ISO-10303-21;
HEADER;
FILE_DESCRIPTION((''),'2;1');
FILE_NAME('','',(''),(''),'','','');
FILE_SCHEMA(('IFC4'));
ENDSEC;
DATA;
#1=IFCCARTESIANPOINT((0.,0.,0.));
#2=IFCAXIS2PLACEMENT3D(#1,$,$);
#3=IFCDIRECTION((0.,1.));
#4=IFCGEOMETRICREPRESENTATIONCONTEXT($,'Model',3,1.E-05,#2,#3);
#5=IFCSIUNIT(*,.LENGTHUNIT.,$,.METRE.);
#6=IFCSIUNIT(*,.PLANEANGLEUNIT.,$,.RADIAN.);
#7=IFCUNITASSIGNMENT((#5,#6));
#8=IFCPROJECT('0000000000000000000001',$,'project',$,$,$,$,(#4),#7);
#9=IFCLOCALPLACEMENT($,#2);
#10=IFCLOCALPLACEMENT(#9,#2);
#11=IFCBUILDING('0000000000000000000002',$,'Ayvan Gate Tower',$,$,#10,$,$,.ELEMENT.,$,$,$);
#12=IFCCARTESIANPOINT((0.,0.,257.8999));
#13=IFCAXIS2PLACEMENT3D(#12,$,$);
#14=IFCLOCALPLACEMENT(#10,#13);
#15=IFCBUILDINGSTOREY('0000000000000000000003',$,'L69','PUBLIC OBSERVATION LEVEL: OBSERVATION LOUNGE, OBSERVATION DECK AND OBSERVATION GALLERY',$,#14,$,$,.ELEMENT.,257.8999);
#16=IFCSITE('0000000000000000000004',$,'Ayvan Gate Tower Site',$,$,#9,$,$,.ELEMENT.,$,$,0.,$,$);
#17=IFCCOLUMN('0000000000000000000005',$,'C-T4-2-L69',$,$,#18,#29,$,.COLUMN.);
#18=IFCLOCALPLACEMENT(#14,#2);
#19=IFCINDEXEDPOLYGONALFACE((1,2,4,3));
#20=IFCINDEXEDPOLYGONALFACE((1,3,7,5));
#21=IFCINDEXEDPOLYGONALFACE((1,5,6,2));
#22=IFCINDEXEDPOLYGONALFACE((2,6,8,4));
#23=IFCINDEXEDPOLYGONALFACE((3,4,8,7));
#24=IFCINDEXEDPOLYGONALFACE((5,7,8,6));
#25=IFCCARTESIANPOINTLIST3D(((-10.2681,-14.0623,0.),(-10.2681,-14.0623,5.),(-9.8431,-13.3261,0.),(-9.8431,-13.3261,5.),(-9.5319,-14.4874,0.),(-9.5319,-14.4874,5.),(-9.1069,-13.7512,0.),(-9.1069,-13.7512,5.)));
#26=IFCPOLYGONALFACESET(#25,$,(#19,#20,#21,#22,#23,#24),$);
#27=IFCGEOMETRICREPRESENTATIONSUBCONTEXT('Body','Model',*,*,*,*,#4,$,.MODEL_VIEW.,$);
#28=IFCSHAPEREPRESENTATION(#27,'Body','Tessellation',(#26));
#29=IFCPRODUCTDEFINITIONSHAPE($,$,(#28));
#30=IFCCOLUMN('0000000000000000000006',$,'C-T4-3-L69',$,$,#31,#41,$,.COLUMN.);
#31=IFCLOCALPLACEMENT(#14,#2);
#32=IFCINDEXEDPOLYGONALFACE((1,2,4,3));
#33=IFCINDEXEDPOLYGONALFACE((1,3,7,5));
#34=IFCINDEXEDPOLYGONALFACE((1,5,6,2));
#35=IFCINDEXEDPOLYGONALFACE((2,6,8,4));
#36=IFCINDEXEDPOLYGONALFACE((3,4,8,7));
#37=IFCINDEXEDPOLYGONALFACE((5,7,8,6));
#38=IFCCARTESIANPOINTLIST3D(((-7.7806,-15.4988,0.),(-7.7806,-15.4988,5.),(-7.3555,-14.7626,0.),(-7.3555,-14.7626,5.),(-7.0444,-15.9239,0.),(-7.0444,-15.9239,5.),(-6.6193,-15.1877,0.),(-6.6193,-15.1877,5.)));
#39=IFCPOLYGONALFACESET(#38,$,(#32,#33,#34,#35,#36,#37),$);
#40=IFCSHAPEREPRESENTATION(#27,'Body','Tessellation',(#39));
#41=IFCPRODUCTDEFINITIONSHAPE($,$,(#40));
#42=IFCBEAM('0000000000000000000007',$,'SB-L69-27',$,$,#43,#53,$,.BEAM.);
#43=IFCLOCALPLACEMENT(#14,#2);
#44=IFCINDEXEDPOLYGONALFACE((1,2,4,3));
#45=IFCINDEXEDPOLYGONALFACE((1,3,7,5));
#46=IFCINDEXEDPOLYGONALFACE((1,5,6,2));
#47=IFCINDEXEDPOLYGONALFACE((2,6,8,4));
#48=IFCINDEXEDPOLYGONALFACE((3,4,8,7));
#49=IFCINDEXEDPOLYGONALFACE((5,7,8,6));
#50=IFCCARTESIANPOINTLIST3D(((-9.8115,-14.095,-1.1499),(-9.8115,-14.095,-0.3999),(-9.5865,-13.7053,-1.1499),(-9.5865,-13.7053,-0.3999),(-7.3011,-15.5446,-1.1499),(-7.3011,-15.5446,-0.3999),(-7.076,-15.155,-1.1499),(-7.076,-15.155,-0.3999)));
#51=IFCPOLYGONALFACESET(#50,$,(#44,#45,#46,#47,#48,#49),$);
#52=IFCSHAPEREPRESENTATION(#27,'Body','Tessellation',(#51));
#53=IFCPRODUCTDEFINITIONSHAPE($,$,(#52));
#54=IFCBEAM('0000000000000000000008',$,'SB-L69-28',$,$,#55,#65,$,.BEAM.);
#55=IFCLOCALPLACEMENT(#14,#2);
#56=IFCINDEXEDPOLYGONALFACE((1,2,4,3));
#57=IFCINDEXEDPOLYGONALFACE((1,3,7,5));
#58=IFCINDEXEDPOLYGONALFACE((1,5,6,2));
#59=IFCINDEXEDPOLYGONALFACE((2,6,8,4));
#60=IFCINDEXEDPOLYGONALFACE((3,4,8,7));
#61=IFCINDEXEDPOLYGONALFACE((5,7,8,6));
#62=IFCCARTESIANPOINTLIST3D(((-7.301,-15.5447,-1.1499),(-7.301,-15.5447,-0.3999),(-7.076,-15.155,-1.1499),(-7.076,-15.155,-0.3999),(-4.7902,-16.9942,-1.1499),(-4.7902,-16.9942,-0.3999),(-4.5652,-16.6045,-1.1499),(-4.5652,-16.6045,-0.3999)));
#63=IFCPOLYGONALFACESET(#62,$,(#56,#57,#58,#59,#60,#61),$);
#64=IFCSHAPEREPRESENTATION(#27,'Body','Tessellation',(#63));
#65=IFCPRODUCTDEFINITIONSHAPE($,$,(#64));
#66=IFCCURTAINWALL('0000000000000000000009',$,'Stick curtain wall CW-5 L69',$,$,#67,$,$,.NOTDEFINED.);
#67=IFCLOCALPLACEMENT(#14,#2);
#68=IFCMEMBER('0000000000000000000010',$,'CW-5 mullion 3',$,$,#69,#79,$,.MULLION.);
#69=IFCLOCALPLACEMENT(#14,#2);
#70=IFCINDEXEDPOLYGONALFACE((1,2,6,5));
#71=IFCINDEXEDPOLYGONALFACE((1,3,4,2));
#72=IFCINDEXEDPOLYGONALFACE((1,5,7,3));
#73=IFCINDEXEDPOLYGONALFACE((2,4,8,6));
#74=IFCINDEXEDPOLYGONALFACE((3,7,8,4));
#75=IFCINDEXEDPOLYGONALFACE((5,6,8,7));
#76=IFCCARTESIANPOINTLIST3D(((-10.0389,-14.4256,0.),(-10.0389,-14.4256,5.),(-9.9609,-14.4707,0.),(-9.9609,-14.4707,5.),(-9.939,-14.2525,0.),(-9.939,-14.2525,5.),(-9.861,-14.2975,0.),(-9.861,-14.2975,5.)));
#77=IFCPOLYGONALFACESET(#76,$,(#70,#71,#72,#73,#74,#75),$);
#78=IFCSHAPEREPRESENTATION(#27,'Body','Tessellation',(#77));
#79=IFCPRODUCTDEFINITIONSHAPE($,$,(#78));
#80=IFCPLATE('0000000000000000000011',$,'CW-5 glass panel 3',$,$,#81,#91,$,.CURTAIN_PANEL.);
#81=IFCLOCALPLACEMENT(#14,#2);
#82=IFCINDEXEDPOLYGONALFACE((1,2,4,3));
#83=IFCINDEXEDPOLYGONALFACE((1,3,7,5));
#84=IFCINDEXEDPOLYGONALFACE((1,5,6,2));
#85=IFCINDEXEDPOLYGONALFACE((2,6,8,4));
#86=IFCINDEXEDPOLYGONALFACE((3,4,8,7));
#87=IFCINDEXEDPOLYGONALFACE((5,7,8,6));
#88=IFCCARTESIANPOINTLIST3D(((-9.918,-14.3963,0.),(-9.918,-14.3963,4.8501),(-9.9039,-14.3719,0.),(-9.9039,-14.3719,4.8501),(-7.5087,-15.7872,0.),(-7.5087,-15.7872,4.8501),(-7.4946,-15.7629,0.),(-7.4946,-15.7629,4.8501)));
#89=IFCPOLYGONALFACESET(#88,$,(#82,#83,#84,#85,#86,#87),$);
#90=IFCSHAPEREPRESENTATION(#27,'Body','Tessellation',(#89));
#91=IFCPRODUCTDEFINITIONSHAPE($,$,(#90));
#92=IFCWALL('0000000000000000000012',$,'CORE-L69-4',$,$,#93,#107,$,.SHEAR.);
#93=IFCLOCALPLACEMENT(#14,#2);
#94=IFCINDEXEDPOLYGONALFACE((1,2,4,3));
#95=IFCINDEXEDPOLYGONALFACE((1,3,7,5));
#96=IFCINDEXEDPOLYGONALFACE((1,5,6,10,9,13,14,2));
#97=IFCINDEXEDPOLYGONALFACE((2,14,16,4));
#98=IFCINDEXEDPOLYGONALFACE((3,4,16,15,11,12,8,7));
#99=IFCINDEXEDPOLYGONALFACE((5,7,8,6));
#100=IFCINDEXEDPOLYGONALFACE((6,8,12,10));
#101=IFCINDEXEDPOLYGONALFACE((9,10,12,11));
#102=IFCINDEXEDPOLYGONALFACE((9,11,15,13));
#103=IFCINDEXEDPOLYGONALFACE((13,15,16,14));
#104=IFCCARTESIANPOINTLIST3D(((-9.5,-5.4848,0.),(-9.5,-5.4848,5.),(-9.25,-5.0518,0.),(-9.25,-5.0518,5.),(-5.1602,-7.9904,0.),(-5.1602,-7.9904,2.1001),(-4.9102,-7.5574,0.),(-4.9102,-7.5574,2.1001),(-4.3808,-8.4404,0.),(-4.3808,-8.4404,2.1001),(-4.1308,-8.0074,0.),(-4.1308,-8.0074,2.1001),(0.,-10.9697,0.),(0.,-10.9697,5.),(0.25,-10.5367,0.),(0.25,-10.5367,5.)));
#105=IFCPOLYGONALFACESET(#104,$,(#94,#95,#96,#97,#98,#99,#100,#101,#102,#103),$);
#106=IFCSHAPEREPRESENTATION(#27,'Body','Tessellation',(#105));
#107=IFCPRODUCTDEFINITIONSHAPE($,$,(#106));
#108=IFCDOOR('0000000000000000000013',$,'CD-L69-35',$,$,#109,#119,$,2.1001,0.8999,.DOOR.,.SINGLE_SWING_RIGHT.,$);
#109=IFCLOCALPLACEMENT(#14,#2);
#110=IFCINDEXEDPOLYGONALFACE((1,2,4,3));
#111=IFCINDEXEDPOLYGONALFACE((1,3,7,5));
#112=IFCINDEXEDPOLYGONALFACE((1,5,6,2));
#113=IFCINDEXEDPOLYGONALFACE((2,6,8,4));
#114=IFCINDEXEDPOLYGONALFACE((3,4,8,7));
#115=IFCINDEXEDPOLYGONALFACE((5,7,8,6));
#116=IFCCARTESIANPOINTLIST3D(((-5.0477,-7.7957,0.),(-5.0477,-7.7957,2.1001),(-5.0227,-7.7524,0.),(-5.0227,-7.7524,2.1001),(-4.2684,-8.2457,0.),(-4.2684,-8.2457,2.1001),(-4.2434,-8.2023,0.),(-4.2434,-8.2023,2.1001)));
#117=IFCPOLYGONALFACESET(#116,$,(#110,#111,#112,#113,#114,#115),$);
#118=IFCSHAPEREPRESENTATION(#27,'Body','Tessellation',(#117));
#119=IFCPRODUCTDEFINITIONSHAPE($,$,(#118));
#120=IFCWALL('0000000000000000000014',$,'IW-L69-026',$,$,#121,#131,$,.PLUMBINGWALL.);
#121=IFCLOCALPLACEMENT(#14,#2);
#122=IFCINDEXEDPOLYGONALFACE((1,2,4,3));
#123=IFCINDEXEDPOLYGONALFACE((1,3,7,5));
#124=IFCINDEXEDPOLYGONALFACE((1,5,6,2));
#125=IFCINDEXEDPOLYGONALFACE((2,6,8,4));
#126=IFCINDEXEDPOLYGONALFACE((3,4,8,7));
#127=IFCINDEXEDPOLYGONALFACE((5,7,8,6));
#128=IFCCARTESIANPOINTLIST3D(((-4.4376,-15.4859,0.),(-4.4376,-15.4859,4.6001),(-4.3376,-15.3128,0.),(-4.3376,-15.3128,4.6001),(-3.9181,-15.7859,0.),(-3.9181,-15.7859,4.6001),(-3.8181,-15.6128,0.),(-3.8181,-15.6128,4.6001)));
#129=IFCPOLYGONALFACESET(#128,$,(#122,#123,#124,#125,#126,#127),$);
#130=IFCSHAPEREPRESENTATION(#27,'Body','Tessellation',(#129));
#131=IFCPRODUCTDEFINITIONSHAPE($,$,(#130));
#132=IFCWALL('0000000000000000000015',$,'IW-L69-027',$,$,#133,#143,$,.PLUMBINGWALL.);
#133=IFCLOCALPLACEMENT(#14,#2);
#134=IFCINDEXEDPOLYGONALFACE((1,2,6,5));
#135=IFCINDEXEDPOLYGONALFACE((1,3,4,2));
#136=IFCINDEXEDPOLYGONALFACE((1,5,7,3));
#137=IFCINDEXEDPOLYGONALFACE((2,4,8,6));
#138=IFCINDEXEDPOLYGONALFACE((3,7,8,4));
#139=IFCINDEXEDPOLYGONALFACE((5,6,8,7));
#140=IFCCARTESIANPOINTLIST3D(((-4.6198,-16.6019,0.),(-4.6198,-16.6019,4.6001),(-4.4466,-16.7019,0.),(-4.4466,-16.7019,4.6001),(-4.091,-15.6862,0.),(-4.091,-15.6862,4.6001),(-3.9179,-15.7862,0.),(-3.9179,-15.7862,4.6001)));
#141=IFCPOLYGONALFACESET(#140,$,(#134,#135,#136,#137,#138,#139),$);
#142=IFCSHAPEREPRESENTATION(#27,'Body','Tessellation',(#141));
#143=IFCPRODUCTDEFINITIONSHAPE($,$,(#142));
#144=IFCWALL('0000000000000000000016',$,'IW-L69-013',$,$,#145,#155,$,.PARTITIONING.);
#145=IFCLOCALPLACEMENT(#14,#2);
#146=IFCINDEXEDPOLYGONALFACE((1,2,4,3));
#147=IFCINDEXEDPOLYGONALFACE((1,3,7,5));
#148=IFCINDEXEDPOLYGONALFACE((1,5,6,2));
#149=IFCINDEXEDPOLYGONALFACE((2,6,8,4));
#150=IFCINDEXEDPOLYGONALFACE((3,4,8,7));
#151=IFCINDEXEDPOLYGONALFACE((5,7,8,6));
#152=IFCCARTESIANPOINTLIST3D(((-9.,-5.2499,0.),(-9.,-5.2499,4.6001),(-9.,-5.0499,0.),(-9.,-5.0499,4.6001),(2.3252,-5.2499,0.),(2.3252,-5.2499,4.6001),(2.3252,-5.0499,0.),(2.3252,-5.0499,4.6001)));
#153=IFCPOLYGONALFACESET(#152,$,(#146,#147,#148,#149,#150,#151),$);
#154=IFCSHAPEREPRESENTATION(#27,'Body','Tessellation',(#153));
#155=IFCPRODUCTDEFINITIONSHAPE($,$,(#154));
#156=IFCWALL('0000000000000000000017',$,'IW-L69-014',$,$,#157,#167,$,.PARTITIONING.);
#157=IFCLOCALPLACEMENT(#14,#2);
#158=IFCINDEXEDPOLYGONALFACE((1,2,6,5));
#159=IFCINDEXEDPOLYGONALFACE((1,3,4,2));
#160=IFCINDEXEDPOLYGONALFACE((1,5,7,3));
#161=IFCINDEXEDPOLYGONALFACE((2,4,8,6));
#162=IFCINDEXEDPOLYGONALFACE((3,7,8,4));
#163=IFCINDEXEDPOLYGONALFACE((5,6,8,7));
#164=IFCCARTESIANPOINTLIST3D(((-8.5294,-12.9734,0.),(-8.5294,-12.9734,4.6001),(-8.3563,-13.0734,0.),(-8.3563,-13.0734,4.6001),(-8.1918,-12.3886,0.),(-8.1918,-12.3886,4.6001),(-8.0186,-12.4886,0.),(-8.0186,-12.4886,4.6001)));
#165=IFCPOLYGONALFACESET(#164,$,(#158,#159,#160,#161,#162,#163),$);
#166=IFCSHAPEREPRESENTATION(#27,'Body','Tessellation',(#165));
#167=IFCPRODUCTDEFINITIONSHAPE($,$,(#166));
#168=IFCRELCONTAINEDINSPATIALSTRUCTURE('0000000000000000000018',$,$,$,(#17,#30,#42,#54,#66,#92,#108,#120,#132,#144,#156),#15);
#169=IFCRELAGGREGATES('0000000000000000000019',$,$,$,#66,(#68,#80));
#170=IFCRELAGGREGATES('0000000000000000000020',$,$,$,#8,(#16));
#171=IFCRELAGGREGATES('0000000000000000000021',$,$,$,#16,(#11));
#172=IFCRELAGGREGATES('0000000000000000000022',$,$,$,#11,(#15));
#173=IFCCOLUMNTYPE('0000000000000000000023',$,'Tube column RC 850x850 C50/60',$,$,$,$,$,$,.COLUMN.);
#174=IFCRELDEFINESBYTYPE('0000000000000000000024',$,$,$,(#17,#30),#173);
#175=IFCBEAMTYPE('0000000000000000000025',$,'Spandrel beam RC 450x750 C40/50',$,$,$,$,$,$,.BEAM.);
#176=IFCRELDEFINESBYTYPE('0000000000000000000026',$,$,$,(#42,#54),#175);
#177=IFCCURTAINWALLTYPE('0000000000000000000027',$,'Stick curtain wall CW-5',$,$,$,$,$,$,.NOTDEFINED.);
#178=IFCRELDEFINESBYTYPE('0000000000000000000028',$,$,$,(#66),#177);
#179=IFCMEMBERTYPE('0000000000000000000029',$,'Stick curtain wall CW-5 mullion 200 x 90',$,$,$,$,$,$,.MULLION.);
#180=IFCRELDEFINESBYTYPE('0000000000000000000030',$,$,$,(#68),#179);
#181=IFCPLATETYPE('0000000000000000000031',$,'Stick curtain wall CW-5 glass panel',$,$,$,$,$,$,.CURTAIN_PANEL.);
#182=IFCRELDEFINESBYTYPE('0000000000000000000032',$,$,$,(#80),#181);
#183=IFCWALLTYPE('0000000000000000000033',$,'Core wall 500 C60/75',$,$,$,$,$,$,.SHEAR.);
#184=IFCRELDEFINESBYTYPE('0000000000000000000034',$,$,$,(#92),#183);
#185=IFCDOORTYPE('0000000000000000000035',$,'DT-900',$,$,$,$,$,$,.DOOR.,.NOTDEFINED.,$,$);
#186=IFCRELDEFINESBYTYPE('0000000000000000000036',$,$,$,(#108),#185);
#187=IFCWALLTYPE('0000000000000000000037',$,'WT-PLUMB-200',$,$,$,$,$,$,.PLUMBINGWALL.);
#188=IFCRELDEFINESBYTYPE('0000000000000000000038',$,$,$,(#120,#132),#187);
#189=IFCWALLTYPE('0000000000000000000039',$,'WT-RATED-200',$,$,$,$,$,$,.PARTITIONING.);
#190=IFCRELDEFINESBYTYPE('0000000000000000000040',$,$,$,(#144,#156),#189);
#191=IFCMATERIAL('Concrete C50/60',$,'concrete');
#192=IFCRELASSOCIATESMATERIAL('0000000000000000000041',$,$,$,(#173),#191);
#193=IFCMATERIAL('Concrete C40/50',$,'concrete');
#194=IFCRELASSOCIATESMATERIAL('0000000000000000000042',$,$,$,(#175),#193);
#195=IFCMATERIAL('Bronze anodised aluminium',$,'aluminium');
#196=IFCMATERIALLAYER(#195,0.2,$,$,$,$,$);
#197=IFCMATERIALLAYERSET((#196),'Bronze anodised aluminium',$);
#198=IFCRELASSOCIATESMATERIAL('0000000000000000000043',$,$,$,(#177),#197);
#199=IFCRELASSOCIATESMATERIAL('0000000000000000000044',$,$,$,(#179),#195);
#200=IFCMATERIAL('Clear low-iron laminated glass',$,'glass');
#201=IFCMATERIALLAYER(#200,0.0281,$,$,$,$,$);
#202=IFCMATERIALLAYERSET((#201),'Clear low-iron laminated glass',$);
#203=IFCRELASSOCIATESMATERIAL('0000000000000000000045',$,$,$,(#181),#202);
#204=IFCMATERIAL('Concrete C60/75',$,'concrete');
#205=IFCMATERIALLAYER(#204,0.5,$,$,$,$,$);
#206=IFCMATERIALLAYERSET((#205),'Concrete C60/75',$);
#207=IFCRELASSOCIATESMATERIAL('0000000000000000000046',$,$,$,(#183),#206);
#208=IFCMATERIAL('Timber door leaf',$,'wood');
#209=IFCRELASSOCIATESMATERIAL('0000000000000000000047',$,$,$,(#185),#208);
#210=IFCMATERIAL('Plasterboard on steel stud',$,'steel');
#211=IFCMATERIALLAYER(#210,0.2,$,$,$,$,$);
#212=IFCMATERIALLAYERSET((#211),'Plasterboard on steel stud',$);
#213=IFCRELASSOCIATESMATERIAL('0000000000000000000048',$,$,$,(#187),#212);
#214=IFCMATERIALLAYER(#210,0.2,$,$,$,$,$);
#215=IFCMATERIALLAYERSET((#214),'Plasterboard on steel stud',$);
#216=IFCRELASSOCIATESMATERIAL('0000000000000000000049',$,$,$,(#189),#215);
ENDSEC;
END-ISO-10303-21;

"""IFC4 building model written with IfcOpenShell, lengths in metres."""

from ifc_helpers import new_model, si_unit, direction, frame, frame_2d, origin, origin_2d, place, context, subcontext, project, spatial, rectangle, extrude, material, layer, layer_set, material_profile, profile_set, type_object, element, fill, aggregate, save


model = new_model("IFC4")

# Units and contexts
model_context = context("Model", 3, precision=1e-05, world=origin(), true_north=direction((0.0, 1.0)))
body_context = subcontext(model_context, "Body", "Model", "MODEL_VIEW")
ifc_project = project(units=[si_unit("LENGTHUNIT", "METRE"), si_unit("PLANEANGLEUNIT", "RADIAN")], contexts=[model_context])

# Site, building, storey
site_placement = place(None, origin())
site = spatial("IfcSite", under=ifc_project, at=site_placement, Name="Ayvan Gate Tower Site", CompositionType="ELEMENT", RefElevation=0.0)
building_placement = place(site_placement, origin())
building = spatial("IfcBuilding", under=site, at=building_placement, Name="Ayvan Gate Tower", CompositionType="ELEMENT")
storey_placement = place(building_placement, frame((0.0, 0.0, 257.8999)))
storey = spatial("IfcBuildingStorey", under=building, at=storey_placement, Name="L69", Description="PUBLIC OBSERVATION LEVEL: OBSERVATION LOUNGE, OBSERVATION DECK AND OBSERVATION GALLERY", CompositionType="ELEMENT", Elevation=257.8999)

# Columns
ifc_material_1 = material(Name="Concrete C50/60", Category="concrete")
ifc_material_profile_1 = material_profile(ifc_material_1, rectangle(XDim=0.8501, YDim=0.8501, at=origin_2d()), Name="RC 850x850")
ifc_profile_set_1 = profile_set([ifc_material_profile_1], Name="Concrete C50/60")
column_type = type_object("IfcColumnType", Name="Tube column RC 850x850 C50/60", PredefinedType="COLUMN", material=ifc_profile_set_1)
for number, where, z_axis, x_axis, name in (
    (1, (-9.6875, -13.9067, 0.0), (0.0, 0.0, 1.0), (-0.5, -0.866025, 0.0), "C-T4-2-L69"),
    (2, (-7.2, -15.3433, 0.0), (0.0, 0.0, 1.0), (-0.5, -0.866025, 0.0), "C-T4-3-L69"),
):
    element("IfcColumn", number, at=place(storey_placement, frame(where, z_axis=z_axis, x_axis=x_axis)), inside=storey, type_object=column_type, Name=name, PredefinedType="COLUMN", context=body_context, shape_type="SweptSolid", body=[
        extrude(rectangle(XDim=0.8501, YDim=0.8501, at=origin_2d()), origin(), (0.0, 0.0, 1.0), 5.0),
    ])

# Beams
ifc_material_2 = material(Name="Concrete C40/50", Category="concrete")
ifc_material_profile_2 = material_profile(ifc_material_2, rectangle(XDim=0.45, YDim=0.75, at=origin_2d()), Name="RC 450x750")
ifc_profile_set_2 = profile_set([ifc_material_profile_2], Name="Concrete C40/50")
beam_type = type_object("IfcBeamType", Name="Spandrel beam RC 450x750 C40/50", PredefinedType="BEAM", material=ifc_profile_set_2)
beam_1_placement = place(storey_placement, frame((-9.699, -13.9001, -0.7749), z_axis=(0.865985, -0.50007, 0.0), x_axis=(0.50007, 0.865985, 0.0)))
element("IfcBeam", 3, at=beam_1_placement, inside=storey, type_object=beam_type, Name="SB-L69-27", PredefinedType="BEAM", context=body_context, shape_type="SweptSolid", body=[
    extrude(rectangle(XDim=0.45, YDim=0.75, at=origin_2d()), origin(), (0.0, 0.0, 1.0), 2.8989),
])
beam_2_placement = place(storey_placement, frame((-7.1885, -15.3499, -0.7749), z_axis=(0.866043, -0.49997, 0.0), x_axis=(0.49997, 0.866043, 0.0)))
element("IfcBeam", 4, at=beam_2_placement, inside=storey, type_object=beam_type, Name="SB-L69-28", PredefinedType="BEAM", context=body_context, shape_type="SweptSolid", body=[
    extrude(rectangle(XDim=0.45, YDim=0.75, at=origin_2d()), origin(), (0.0, 0.0, 1.0), 2.8992),
])

# Curtain wall, member, plate
ifc_material_3 = material(Name="Bronze anodised aluminium", Category="aluminium")
ifc_layer_1 = layer(ifc_material_3, 0.2)
ifc_layer_set_1 = layer_set([ifc_layer_1], Name="Bronze anodised aluminium")
curtain_wall_type = type_object("IfcCurtainWallType", Name="Stick curtain wall CW-5", PredefinedType="NOTDEFINED", material=ifc_layer_set_1)
curtain_wall_placement = place(storey_placement, origin())
curtain_wall = element("IfcCurtainWall", 5, at=curtain_wall_placement, inside=storey, type_object=curtain_wall_type, Name="Stick curtain wall CW-5 L69", PredefinedType="NOTDEFINED")
ifc_material_profile_3 = material_profile(ifc_material_3, rectangle(XDim=0.2, YDim=0.0901, at=origin_2d()), Name="Stick curtain wall CW-5 mullion 200 x 90")
ifc_profile_set_3 = profile_set([ifc_material_profile_3], Name="Bronze anodised aluminium")
member_type = type_object("IfcMemberType", Name="Stick curtain wall CW-5 mullion 200 x 90", PredefinedType="MULLION", material=ifc_profile_set_3)
member_placement = place(storey_placement, frame((-9.95, -14.3616, 0.0), z_axis=(0.0, 0.0, 1.0), x_axis=(-0.5, -0.866025, 0.0)))
member = element("IfcMember", 6, at=member_placement, type_object=member_type, Name="CW-5 mullion 3", PredefinedType="MULLION", context=body_context, shape_type="SweptSolid", body=[
    extrude(rectangle(XDim=0.2, YDim=0.0901, at=origin_2d()), origin(), (0.0, 0.0, 1.0), 5.0),
])
ifc_material_4 = material(Name="Clear low-iron laminated glass", Category="glass")
ifc_layer_2 = layer(ifc_material_4, 0.0281)
ifc_layer_set_2 = layer_set([ifc_layer_2], Name="Clear low-iron laminated glass")
plate_type = type_object("IfcPlateType", Name="Stick curtain wall CW-5 glass panel", PredefinedType="CURTAIN_PANEL", material=ifc_layer_set_2)
plate_placement = place(storey_placement, frame((-8.7063, -15.0796, 0.0), z_axis=(0.0, 0.0, 1.0), x_axis=(0.866025, -0.5, 0.0)))
plate = element("IfcPlate", 7, at=plate_placement, type_object=plate_type, Name="CW-5 glass panel 3", PredefinedType="CURTAIN_PANEL", context=body_context, shape_type="SweptSolid", body=[
    extrude(rectangle(XDim=2.782, YDim=0.0281, at=origin_2d()), origin(), (0.0, 0.0, 1.0), 4.8501),
])
aggregate(curtain_wall, [member, plate])

# Wall, opening, door
ifc_material_5 = material(Name="Concrete C60/75", Category="concrete")
ifc_layer_3 = layer(ifc_material_5, 0.5)
ifc_layer_set_3 = layer_set([ifc_layer_3], Name="Concrete C60/75")
wall_type_1 = type_object("IfcWallType", Name="Core wall 500 C60/75", PredefinedType="SHEAR", material=ifc_layer_set_3)
wall_1_placement = place(storey_placement, frame((-9.375, -5.2683, 0.0), z_axis=(0.0, 0.0, 1.0), x_axis=(0.866024, -0.500002, 0.0)))
wall_1 = element("IfcWall", 8, at=wall_1_placement, inside=storey, type_object=wall_type_1, Name="CORE-L69-4", PredefinedType="SHEAR", context=body_context, shape_type="SweptSolid", body=[
    extrude(rectangle(XDim=10.9697, YDim=0.5, at=frame_2d((5.4849, 0.0))), origin(), (0.0, 0.0, 1.0), 5.0),
])
opening_1_placement = place(wall_1_placement, frame((5.0112, 0.0, 0.0)))
opening_1 = element("IfcOpeningElement", 9, at=opening_1_placement, cuts=wall_1, PredefinedType="OPENING", context=body_context, shape_type="SweptSolid", body=[
    extrude(rectangle(XDim=0.8999, YDim=2.1001, at=frame_2d((0.45, 1.05))), frame((0.0, 0.26, 0.0), z_axis=(0.0, -1.0, 0.0), x_axis=(1.0, 0.0, 0.0)), (0.0, 0.0, 1.0), 0.52),
])
ifc_material_6 = material(Name="Timber door leaf", Category="wood")
door_type_1 = type_object("IfcDoorType", Name="DT-900", OperationType="NOTDEFINED", PredefinedType="DOOR", material=ifc_material_6)
door_1_placement = place(opening_1_placement, origin())
door_1 = element("IfcDoor", 10, at=door_1_placement, inside=storey, type_object=door_type_1, Name="CD-L69-35", OperationType="SINGLE_SWING_RIGHT", OverallHeight=2.1001, OverallWidth=0.8999, PredefinedType="DOOR", context=body_context, shape_type="SweptSolid", body=[
    extrude(rectangle(XDim=0.8999, YDim=2.1001, at=frame_2d((0.45, 1.05))), frame((0.0, 0.0249, 0.0), z_axis=(0.0, -1.0, 0.0), x_axis=(1.0, 0.0, 0.0)), (0.0, 0.0, 1.0), 0.05),
])
fill(opening_1, door_1)

# Walls
ifc_material_7 = material(Name="Plasterboard on steel stud", Category="steel")
ifc_layer_4 = layer(ifc_material_7, 0.2)
ifc_layer_set_4 = layer_set([ifc_layer_4], Name="Plasterboard on steel stud")
wall_type_2 = type_object("IfcWallType", Name="WT-PLUMB-200", PredefinedType="PLUMBINGWALL", material=ifc_layer_set_4)
wall_2_placement = place(storey_placement, frame((-4.3875, -15.3994, 0.0), z_axis=(0.0, 0.0, 1.0), x_axis=(0.865955, -0.500122, 0.0)))
element("IfcWall", 11, at=wall_2_placement, inside=storey, type_object=wall_type_2, Name="IW-L69-026", PredefinedType="PLUMBINGWALL", context=body_context, shape_type="SweptSolid", body=[
    extrude(rectangle(XDim=0.5999, YDim=0.2, at=frame_2d((0.2998, 0.0))), origin(), (0.0, 0.0, 1.0), 4.6001),
])
wall_3_placement = place(storey_placement, frame((-4.0044, -15.7361, 0.0), z_axis=(0.0, 0.0, 1.0), x_axis=(-0.500062, -0.865989, 0.0)))
element("IfcWall", 12, at=wall_3_placement, inside=storey, type_object=wall_type_2, Name="IW-L69-027", PredefinedType="PLUMBINGWALL", context=body_context, shape_type="SweptSolid", body=[
    extrude(rectangle(XDim=1.0574, YDim=0.2, at=frame_2d((0.5288, 0.0))), origin(), (0.0, 0.0, 1.0), 4.6001),
])
ifc_layer_5 = layer(ifc_material_7, 0.2)
ifc_layer_set_5 = layer_set([ifc_layer_5], Name="Plasterboard on steel stud")
wall_type_3 = type_object("IfcWallType", Name="WT-RATED-200", PredefinedType="PARTITIONING", material=ifc_layer_set_5)
wall_4_placement = place(storey_placement, frame((-9.0, -5.1499, 0.0), z_axis=(0.0, 0.0, 1.0), x_axis=(1.0, 0.0, 0.0)))
element("IfcWall", 13, at=wall_4_placement, inside=storey, type_object=wall_type_3, Name="IW-L69-013", PredefinedType="PARTITIONING", context=body_context, shape_type="SweptSolid", body=[
    extrude(rectangle(XDim=11.3252, YDim=0.2, at=frame_2d((5.6626, 0.0))), origin(), (0.0, 0.0, 1.0), 4.6001),
])
wall_5_placement = place(storey_placement, frame((-8.4429, -13.0234, 0.0), z_axis=(0.0, 0.0, 1.0), x_axis=(0.500067, 0.865987, 0.0)))
element("IfcWall", 14, at=wall_5_placement, inside=storey, type_object=wall_type_3, Name="IW-L69-014", PredefinedType="PARTITIONING", context=body_context, shape_type="SweptSolid", body=[
    extrude(rectangle(XDim=0.6753, YDim=0.2, at=frame_2d((0.3376, 0.0))), origin(), (0.0, 0.0, 1.0), 4.6001),
])

save(model, "model.ifc")
